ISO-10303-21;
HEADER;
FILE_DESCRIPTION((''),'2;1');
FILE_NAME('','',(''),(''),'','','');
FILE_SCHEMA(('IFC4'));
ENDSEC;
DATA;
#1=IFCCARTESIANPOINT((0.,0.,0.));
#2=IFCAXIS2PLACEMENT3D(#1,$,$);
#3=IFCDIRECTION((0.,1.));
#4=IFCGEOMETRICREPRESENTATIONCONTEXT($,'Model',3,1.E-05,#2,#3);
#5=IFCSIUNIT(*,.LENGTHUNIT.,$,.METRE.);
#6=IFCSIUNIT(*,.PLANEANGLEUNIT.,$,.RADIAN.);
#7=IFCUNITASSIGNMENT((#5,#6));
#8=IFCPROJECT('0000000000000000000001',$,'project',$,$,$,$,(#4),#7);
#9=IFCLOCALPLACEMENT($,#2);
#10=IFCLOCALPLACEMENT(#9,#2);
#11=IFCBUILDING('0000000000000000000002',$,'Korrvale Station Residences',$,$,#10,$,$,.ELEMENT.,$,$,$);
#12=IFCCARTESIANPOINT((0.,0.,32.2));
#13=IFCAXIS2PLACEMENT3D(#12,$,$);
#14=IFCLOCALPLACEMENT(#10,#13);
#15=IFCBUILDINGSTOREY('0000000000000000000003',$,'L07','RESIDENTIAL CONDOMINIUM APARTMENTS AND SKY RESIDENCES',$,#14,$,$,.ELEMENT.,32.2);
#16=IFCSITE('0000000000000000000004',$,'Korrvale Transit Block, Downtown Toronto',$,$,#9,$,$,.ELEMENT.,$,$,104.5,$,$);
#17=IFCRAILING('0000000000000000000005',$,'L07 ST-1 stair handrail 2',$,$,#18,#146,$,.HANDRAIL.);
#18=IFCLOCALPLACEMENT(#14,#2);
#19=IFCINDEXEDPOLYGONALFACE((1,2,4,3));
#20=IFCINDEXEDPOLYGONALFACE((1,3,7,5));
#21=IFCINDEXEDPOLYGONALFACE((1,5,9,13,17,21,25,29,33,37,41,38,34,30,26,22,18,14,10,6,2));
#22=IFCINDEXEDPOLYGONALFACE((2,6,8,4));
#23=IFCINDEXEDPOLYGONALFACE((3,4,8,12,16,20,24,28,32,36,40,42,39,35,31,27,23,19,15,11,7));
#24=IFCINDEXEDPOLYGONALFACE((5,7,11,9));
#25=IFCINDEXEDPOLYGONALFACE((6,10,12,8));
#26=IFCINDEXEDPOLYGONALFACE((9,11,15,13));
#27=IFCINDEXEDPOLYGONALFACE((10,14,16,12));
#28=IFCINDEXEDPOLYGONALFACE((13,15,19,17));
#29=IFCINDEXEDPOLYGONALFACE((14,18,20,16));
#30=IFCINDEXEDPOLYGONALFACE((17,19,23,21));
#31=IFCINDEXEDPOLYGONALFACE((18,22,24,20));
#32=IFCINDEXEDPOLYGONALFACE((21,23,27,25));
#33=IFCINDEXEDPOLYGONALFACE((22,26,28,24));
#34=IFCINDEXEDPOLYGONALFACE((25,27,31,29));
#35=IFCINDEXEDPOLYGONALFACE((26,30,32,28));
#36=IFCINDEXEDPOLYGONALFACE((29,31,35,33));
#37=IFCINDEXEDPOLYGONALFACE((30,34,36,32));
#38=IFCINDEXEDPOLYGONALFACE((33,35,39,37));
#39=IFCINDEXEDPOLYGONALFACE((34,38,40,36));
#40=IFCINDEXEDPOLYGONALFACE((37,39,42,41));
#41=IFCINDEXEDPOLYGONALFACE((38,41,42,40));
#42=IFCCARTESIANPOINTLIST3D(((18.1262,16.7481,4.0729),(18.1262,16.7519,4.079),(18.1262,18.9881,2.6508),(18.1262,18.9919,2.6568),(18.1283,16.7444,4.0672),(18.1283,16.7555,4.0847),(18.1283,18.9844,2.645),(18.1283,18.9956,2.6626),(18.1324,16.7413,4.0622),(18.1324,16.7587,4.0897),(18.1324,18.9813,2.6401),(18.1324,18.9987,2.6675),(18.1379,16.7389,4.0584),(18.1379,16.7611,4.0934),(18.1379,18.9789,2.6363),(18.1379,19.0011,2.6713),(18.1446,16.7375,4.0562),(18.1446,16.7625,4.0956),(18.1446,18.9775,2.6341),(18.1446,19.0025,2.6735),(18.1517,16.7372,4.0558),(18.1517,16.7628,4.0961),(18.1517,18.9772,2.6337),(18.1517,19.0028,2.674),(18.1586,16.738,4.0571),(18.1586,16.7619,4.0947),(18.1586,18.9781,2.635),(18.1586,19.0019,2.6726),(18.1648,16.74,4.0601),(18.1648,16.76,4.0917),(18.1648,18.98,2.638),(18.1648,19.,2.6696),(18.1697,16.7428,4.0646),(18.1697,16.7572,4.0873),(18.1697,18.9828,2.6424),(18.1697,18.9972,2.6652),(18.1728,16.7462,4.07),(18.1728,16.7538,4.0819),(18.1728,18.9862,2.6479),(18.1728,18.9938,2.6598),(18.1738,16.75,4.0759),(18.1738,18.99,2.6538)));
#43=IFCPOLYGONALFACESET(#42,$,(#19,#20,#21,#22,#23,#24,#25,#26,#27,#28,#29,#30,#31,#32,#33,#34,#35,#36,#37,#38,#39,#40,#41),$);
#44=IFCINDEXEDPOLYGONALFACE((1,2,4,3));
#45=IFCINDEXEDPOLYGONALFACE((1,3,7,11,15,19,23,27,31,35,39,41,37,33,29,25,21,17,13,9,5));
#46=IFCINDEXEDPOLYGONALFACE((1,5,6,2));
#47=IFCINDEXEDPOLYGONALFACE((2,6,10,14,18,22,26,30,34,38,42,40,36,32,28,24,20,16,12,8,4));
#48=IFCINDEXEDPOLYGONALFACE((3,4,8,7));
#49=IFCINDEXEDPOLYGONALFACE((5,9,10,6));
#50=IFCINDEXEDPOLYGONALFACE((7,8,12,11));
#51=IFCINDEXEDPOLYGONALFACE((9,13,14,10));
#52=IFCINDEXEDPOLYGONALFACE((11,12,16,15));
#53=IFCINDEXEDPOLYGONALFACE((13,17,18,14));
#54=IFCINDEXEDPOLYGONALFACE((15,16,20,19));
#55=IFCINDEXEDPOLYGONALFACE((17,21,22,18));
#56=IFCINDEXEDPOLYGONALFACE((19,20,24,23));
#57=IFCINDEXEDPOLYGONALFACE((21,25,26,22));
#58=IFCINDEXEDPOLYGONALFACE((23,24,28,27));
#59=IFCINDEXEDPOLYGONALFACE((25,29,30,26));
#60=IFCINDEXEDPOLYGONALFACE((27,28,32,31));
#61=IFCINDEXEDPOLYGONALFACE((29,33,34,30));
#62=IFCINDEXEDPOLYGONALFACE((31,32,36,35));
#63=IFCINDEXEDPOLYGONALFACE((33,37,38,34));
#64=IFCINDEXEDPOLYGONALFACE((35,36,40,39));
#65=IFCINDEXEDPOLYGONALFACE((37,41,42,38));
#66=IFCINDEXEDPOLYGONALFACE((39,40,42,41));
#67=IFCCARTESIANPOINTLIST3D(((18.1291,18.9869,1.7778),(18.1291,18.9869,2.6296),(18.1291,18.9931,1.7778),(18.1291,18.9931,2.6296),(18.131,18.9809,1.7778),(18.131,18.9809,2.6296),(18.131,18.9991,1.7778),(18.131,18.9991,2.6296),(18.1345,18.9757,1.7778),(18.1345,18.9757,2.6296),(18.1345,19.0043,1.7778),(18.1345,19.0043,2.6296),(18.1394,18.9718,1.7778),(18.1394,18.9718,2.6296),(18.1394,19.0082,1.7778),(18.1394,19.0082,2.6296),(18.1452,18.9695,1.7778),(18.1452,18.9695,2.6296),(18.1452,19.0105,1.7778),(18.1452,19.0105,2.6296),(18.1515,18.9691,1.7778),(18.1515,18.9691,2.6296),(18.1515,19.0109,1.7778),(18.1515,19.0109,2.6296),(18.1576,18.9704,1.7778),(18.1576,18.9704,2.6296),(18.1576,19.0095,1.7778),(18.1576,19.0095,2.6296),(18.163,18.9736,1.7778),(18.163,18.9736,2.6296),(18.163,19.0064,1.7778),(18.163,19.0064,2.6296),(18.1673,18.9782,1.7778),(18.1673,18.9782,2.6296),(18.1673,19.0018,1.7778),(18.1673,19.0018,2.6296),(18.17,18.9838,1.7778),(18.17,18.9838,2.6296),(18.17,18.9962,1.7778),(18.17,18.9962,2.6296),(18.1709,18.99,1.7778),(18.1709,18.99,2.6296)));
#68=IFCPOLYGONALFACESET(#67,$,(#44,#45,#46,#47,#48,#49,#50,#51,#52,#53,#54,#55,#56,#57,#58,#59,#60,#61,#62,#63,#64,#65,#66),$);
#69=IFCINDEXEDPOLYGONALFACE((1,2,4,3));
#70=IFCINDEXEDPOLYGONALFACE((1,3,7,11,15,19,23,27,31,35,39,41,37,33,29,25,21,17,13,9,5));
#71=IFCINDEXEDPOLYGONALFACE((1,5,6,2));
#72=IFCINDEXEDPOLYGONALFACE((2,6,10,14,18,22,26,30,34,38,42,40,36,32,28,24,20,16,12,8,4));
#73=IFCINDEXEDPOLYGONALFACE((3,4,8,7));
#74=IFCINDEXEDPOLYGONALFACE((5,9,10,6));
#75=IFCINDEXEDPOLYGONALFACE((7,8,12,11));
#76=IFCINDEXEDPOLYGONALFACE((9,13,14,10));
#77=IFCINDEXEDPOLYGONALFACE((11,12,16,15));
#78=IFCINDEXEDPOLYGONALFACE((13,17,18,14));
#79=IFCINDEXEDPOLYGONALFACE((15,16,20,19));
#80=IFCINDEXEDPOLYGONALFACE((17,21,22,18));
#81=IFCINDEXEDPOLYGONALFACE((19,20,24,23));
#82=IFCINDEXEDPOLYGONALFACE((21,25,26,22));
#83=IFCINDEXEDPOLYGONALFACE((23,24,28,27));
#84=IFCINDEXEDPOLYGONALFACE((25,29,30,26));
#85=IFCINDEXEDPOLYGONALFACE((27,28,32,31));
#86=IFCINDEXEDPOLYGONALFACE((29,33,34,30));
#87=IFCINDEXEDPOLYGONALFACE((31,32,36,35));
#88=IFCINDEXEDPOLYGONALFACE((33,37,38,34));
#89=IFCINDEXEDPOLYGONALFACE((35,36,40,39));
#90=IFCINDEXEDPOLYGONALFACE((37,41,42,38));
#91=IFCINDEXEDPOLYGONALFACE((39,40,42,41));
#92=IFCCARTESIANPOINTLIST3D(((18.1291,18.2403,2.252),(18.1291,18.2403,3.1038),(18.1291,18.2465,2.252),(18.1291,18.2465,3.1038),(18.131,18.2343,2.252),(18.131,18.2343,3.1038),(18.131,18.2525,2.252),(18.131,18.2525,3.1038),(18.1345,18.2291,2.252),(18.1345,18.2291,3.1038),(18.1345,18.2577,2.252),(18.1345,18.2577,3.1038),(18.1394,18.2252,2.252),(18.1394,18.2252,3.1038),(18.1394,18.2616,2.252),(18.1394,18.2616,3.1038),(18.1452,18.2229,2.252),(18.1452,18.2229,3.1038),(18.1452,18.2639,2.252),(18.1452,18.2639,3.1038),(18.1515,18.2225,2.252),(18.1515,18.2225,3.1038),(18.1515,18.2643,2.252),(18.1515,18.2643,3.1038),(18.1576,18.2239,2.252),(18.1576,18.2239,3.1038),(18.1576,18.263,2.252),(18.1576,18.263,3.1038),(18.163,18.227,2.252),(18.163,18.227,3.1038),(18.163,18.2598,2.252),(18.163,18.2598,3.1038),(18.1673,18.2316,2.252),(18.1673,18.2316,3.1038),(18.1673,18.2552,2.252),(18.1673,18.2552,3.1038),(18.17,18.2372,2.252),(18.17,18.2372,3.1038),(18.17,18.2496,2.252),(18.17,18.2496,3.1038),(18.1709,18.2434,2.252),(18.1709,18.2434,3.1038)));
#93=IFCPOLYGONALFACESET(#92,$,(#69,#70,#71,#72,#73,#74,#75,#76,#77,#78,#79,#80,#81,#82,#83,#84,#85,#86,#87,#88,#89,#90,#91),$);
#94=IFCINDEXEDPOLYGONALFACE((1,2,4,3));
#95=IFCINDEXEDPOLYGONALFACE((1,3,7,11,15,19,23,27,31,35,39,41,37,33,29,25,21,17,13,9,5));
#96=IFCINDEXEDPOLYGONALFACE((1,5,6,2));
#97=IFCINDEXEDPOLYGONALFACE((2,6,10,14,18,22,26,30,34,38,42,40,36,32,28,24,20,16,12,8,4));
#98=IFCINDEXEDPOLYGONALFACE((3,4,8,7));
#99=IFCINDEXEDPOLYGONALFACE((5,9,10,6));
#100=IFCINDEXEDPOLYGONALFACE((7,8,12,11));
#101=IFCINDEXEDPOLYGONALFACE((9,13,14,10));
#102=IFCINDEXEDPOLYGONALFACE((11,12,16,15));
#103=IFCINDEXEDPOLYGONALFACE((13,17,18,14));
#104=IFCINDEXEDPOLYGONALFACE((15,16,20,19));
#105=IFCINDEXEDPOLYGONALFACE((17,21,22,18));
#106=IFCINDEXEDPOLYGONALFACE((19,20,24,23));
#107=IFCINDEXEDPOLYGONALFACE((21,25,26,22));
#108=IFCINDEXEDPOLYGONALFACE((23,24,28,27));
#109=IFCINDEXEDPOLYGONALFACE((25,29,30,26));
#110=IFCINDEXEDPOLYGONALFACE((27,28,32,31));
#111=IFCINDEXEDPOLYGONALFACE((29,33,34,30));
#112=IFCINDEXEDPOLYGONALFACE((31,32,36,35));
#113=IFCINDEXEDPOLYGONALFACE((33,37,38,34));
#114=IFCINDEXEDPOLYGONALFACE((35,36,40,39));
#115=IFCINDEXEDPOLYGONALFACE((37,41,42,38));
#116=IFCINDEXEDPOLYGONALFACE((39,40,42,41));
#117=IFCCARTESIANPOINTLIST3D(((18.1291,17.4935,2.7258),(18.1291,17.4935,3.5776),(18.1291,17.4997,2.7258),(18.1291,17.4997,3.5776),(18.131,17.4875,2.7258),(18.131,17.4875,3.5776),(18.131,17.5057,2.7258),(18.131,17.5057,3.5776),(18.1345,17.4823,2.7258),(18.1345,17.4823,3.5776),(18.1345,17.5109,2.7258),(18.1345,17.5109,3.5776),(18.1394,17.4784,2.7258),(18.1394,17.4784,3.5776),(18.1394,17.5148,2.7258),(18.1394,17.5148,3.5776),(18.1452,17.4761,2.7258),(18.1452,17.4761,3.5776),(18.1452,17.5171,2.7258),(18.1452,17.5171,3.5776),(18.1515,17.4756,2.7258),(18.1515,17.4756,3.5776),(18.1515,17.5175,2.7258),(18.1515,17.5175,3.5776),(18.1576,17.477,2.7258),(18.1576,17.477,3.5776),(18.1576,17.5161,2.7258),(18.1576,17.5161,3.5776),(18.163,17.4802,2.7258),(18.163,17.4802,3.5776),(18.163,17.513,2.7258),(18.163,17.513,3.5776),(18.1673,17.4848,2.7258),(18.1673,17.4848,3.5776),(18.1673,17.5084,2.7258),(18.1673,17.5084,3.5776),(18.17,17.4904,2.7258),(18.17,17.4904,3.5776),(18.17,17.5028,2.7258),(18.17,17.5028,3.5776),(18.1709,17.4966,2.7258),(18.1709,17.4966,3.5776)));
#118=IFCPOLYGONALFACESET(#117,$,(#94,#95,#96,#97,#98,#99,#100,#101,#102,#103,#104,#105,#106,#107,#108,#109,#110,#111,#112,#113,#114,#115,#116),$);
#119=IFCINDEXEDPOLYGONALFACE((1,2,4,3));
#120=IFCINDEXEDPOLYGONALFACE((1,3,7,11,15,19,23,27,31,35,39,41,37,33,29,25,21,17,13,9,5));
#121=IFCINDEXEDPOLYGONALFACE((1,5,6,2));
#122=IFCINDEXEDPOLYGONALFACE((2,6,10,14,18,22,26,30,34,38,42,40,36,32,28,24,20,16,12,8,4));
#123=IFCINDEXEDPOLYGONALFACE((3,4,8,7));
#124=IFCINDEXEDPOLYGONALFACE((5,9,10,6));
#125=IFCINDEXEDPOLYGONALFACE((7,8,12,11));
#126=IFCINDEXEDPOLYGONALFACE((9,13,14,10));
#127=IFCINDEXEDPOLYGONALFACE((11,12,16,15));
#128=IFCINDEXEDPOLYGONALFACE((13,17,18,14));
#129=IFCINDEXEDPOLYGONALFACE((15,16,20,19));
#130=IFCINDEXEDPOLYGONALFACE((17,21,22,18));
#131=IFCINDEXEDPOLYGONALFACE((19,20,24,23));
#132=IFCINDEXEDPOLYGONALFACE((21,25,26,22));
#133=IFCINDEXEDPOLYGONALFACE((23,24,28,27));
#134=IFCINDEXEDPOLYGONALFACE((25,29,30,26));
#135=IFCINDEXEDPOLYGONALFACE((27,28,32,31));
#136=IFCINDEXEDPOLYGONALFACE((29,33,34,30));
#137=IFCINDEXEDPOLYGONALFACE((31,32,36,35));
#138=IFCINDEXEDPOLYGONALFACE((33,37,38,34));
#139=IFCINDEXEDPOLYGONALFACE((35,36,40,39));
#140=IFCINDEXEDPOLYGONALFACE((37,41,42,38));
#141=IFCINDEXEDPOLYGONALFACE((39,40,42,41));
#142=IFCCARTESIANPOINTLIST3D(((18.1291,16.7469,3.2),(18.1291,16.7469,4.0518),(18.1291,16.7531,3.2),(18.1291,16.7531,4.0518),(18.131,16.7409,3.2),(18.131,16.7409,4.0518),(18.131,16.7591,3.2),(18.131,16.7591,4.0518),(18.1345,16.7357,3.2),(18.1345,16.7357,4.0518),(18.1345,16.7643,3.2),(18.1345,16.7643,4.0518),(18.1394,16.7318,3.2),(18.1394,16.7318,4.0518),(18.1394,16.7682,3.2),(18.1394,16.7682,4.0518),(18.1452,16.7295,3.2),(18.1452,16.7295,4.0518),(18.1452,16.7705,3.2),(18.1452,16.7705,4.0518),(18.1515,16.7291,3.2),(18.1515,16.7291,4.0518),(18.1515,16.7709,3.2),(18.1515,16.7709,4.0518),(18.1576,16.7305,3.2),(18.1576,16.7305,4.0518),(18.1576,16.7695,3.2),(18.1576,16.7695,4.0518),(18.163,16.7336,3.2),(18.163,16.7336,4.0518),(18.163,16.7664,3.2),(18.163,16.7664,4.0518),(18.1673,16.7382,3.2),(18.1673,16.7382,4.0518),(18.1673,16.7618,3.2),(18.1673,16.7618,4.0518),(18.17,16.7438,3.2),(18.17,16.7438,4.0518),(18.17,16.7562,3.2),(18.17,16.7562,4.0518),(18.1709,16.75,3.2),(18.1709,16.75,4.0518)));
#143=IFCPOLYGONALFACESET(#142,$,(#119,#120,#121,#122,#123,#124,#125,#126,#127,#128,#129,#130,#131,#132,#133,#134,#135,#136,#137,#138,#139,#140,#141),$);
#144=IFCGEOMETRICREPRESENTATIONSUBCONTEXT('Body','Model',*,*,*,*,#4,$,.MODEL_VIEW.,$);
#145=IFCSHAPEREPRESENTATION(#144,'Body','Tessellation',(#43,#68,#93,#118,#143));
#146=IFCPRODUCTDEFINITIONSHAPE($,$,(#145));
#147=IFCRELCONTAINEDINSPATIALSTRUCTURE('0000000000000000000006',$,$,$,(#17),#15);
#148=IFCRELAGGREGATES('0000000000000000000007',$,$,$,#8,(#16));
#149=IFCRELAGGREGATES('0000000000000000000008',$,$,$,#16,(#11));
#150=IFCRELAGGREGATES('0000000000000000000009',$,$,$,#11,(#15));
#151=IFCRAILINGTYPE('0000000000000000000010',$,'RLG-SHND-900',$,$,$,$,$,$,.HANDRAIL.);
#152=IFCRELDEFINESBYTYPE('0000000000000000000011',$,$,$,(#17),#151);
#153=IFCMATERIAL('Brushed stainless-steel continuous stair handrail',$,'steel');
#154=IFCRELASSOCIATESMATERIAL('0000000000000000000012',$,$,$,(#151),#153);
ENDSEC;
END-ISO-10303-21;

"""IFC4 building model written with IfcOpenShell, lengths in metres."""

from ifc_helpers import new_model, si_unit, direction, frame, origin, origin_2d, place, context, subcontext, project, spatial, circle, extrude, material, type_object, element, save


model = new_model("IFC4")

# Units and contexts
model_context = context("Model", 3, precision=1e-05, world=origin(), true_north=direction((0.0, 1.0)))
body_context = subcontext(model_context, "Body", "Model", "MODEL_VIEW")
ifc_project = project(units=[si_unit("LENGTHUNIT", "METRE"), si_unit("PLANEANGLEUNIT", "RADIAN")], contexts=[model_context])

# Site, building, storey
site_placement = place(None, origin())
site = spatial("IfcSite", under=ifc_project, at=site_placement, Name="Korrvale Transit Block, Downtown Toronto", CompositionType="ELEMENT", RefElevation=104.5)
building_placement = place(site_placement, origin())
building = spatial("IfcBuilding", under=site, at=building_placement, Name="Korrvale Station Residences", CompositionType="ELEMENT")
storey_placement = place(building_placement, frame((0.0, 0.0, 32.2)))
storey = spatial("IfcBuildingStorey", under=building, at=storey_placement, Name="L07", Description="RESIDENTIAL CONDOMINIUM APARTMENTS AND SKY RESIDENCES", CompositionType="ELEMENT", Elevation=32.2)

# Railing
ifc_material_1 = material(Name="Brushed stainless-steel continuous stair handrail", Category="steel")
railing_type_1 = type_object("IfcRailingType", Name="RLG-SHND-900", PredefinedType="HANDRAIL", material=ifc_material_1)
railing_1_placement = place(storey_placement, frame((18.1499, 18.99, 1.7778)))
element("IfcRailing", 1, at=railing_1_placement, inside=storey, type_object=railing_type_1, Name="L07 ST-1 stair handrail 2", PredefinedType="HANDRAIL", context=body_context, shape_type="SweptSolid", body=[
    extrude(circle(Radius=0.0239, at=origin_2d()), frame((0.0, 0.0, 0.876), z_axis=(0.0, -0.844229, 0.535982), x_axis=(1.0, 0.0, 0.0)), (0.0, 0.0, 1.0), 2.6533),
    extrude(circle(Radius=0.021, at=origin_2d()), origin(), (0.0, 0.0, 1.0), 0.8518),
    extrude(circle(Radius=0.021, at=origin_2d()), frame((0.0, -0.7466, 0.4741)), (0.0, 0.0, 1.0), 0.8518),
    extrude(circle(Radius=0.021, at=origin_2d()), frame((0.0, -1.4934, 0.948)), (0.0, 0.0, 1.0), 0.8518),
    extrude(circle(Radius=0.021, at=origin_2d()), frame((0.0, -2.24, 1.4221)), (0.0, 0.0, 1.0), 0.8518),
])

save(model, "model.ifc")
